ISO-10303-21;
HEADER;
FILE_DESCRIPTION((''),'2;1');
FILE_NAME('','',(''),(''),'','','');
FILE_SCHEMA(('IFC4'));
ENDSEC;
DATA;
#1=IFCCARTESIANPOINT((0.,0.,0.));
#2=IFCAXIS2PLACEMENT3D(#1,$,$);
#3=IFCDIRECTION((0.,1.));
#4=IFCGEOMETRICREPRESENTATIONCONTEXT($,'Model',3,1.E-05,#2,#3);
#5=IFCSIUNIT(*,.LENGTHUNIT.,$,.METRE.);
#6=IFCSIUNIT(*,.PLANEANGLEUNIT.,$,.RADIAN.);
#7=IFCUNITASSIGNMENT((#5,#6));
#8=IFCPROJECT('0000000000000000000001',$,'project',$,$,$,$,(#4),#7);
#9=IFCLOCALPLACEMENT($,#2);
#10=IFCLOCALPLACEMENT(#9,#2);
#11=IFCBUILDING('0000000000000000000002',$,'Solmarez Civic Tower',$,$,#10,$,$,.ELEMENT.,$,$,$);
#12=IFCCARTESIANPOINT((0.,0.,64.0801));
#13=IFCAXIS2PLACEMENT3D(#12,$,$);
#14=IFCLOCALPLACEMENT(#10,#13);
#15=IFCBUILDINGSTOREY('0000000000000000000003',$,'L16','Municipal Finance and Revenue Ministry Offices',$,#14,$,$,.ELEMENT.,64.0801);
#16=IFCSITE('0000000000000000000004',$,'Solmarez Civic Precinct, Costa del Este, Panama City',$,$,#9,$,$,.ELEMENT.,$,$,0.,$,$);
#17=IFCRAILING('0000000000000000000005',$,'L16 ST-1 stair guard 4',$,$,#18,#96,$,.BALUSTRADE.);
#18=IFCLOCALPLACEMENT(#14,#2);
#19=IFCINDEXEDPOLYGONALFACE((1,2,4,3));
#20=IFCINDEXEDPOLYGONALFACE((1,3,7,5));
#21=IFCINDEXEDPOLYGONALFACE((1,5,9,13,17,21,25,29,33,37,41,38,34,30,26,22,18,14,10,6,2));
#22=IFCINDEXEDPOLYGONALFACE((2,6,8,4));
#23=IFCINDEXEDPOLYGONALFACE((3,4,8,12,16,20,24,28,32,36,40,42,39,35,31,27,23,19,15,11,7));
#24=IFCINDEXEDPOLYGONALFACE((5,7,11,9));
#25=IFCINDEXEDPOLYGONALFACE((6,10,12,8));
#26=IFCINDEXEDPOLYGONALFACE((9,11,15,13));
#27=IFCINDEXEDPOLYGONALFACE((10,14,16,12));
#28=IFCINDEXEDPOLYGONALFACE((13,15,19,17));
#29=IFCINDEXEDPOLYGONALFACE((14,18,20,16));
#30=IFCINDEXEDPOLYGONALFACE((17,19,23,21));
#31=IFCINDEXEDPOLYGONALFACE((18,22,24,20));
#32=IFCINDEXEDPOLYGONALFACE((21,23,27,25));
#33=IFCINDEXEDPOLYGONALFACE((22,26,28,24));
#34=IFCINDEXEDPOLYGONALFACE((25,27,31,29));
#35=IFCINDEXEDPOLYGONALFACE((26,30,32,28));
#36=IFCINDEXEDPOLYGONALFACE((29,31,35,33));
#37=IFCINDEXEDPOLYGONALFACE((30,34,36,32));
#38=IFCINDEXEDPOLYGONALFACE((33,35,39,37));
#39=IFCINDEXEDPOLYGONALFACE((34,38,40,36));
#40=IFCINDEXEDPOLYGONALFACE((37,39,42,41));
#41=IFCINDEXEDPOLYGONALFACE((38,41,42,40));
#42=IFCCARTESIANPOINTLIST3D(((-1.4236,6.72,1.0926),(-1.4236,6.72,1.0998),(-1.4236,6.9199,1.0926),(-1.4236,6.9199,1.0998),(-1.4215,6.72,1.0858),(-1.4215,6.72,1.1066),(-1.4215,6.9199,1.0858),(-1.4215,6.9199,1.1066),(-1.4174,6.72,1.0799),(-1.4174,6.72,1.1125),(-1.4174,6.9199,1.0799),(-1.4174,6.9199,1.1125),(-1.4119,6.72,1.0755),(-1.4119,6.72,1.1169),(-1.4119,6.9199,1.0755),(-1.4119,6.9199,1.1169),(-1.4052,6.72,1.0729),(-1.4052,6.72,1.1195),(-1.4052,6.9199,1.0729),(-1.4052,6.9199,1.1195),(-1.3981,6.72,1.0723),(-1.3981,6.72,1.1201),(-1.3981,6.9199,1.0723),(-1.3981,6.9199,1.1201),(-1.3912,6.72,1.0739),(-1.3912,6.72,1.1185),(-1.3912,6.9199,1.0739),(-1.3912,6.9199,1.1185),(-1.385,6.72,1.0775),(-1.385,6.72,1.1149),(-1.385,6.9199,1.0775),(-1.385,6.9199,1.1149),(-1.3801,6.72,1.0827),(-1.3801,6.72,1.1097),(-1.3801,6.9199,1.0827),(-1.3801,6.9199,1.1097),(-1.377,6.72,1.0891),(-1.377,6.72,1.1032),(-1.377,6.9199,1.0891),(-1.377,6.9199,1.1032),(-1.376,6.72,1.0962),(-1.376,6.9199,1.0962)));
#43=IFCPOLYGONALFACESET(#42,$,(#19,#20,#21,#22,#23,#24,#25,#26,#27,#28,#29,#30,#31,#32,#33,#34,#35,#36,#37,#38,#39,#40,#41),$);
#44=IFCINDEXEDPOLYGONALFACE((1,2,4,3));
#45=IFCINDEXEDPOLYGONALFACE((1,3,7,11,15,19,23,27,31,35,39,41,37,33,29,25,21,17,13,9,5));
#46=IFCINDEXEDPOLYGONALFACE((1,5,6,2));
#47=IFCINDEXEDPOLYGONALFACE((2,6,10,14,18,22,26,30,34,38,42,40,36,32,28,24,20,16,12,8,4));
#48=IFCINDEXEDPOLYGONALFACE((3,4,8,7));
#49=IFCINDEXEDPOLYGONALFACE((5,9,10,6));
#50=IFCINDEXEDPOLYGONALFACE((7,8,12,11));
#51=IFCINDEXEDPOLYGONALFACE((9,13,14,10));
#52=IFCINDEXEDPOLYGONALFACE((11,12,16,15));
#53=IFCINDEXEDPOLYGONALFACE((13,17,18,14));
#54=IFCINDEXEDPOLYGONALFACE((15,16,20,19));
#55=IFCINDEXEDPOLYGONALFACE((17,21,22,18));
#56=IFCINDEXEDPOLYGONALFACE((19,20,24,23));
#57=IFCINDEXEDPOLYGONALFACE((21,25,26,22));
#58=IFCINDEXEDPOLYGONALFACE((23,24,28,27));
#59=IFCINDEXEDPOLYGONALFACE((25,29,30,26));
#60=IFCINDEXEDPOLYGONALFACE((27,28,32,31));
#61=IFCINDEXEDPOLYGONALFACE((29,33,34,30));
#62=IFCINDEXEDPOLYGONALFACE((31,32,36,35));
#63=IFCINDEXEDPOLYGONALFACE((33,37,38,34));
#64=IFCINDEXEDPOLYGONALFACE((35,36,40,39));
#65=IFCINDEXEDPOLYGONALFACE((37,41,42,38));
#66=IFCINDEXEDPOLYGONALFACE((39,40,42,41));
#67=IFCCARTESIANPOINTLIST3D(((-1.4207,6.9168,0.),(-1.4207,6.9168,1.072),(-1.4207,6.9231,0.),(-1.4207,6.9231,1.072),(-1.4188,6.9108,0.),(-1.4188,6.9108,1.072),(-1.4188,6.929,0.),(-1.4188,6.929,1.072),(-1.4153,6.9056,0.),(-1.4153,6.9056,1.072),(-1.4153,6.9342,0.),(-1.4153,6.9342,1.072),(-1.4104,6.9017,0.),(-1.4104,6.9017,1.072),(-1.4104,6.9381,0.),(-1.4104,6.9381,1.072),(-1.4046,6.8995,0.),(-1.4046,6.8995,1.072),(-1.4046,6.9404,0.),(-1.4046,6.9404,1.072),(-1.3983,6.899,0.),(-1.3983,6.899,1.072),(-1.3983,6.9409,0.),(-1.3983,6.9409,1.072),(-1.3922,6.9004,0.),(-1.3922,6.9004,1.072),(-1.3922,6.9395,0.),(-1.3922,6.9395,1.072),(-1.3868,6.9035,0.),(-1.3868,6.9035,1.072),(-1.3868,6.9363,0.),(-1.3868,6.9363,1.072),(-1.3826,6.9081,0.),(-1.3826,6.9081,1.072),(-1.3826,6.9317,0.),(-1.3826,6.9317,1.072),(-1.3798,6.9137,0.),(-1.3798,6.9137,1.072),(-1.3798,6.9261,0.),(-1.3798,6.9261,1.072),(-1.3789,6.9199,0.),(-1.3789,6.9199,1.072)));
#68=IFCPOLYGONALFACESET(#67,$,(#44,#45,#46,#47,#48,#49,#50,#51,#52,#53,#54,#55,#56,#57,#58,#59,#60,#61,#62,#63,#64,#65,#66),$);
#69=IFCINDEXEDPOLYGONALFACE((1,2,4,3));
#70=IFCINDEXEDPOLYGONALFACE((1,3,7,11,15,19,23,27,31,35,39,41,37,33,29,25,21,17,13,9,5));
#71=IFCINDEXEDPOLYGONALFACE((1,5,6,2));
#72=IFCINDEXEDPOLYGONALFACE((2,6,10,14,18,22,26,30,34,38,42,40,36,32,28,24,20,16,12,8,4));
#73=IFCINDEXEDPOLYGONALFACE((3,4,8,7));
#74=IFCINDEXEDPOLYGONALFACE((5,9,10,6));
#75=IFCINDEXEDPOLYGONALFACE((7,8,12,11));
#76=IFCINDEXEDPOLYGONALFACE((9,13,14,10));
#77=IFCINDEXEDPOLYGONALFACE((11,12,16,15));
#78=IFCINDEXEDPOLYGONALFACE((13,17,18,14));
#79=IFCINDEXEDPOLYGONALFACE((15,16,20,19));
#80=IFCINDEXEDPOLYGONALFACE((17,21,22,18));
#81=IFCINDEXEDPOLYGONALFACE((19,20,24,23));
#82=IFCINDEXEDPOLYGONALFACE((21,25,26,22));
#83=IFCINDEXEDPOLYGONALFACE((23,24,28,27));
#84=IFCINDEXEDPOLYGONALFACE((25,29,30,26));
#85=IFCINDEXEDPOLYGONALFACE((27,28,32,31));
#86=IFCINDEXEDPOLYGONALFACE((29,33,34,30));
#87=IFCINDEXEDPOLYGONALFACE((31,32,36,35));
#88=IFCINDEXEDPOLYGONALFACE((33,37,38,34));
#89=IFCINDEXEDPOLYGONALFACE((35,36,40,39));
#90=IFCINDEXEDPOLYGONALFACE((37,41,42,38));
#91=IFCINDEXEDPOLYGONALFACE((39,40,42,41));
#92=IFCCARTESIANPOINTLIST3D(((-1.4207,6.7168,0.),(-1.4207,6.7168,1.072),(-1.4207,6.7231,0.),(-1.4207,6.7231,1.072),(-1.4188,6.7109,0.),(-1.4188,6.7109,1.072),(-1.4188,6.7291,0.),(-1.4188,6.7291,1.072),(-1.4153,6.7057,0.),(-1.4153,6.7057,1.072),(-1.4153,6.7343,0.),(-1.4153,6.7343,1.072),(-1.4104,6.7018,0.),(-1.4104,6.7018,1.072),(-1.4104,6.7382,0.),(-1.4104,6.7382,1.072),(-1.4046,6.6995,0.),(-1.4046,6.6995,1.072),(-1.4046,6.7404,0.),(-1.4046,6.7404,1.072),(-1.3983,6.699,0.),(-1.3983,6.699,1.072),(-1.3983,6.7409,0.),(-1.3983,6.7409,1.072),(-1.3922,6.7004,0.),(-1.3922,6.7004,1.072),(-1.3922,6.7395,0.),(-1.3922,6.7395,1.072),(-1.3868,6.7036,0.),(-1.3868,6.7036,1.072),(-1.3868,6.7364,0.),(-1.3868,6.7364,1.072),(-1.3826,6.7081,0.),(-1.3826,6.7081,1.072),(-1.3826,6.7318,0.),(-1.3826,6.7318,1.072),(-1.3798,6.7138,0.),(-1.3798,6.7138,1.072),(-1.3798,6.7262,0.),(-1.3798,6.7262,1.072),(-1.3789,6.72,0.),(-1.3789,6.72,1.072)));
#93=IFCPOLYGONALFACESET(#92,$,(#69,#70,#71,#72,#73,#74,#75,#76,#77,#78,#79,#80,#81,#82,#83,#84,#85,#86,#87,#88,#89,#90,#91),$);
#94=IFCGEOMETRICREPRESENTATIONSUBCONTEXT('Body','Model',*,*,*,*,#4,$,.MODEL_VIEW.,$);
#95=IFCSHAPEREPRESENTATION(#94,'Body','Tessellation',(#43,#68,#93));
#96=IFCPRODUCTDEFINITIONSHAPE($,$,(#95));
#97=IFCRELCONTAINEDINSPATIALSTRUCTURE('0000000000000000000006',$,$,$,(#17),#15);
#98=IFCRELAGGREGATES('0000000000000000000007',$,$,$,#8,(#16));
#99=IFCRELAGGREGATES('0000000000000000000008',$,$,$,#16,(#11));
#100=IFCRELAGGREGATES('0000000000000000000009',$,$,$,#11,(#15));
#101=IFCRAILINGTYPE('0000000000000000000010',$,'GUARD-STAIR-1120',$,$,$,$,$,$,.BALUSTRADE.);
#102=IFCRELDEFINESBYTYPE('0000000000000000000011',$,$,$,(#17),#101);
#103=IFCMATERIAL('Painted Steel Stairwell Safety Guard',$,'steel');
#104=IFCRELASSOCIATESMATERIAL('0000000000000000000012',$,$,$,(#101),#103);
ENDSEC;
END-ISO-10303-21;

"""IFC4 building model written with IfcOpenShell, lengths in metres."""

from ifc_helpers import new_model, si_unit, direction, frame, origin, origin_2d, place, context, subcontext, project, spatial, circle, extrude, material, type_object, element, save


model = new_model("IFC4")

# Units and contexts
model_context = context("Model", 3, precision=1e-05, world=origin(), true_north=direction((0.0, 1.0)))
body_context = subcontext(model_context, "Body", "Model", "MODEL_VIEW")
ifc_project = project(units=[si_unit("LENGTHUNIT", "METRE"), si_unit("PLANEANGLEUNIT", "RADIAN")], contexts=[model_context])

# Site, building, storey
site_placement = place(None, origin())
site = spatial("IfcSite", under=ifc_project, at=site_placement, Name="Solmarez Civic Precinct, Costa del Este, Panama City", CompositionType="ELEMENT", RefElevation=0.0)
building_placement = place(site_placement, origin())
building = spatial("IfcBuilding", under=site, at=building_placement, Name="Solmarez Civic Tower", CompositionType="ELEMENT")
storey_placement = place(building_placement, frame((0.0, 0.0, 64.0801)))
storey = spatial("IfcBuildingStorey", under=building, at=storey_placement, Name="L16", Description="Municipal Finance and Revenue Ministry Offices", CompositionType="ELEMENT", Elevation=64.0801)

# Railing
ifc_material_1 = material(Name="Painted Steel Stairwell Safety Guard", Category="steel")
railing_type_1 = type_object("IfcRailingType", Name="GUARD-STAIR-1120", PredefinedType="BALUSTRADE", material=ifc_material_1)
railing_1_placement = place(storey_placement, frame((-1.3999, 6.9199, 0.0)))
element("IfcRailing", 1, at=railing_1_placement, inside=storey, type_object=railing_type_1, Name="L16 ST-1 stair guard 4", PredefinedType="BALUSTRADE", context=body_context, shape_type="SweptSolid", body=[
    extrude(circle(Radius=0.0239, at=origin_2d()), frame((0.0, 0.0, 1.0962), z_axis=(0.0, -1.0, 0.0), x_axis=(1.0, 0.0, 0.0)), (0.0, 0.0, 1.0), 0.2),
    extrude(circle(Radius=0.021, at=origin_2d()), origin(), (0.0, 0.0, 1.0), 1.072),
    extrude(circle(Radius=0.021, at=origin_2d()), frame((0.0, -0.2, 0.0)), (0.0, 0.0, 1.0), 1.072),
])

save(model, "model.ifc")
